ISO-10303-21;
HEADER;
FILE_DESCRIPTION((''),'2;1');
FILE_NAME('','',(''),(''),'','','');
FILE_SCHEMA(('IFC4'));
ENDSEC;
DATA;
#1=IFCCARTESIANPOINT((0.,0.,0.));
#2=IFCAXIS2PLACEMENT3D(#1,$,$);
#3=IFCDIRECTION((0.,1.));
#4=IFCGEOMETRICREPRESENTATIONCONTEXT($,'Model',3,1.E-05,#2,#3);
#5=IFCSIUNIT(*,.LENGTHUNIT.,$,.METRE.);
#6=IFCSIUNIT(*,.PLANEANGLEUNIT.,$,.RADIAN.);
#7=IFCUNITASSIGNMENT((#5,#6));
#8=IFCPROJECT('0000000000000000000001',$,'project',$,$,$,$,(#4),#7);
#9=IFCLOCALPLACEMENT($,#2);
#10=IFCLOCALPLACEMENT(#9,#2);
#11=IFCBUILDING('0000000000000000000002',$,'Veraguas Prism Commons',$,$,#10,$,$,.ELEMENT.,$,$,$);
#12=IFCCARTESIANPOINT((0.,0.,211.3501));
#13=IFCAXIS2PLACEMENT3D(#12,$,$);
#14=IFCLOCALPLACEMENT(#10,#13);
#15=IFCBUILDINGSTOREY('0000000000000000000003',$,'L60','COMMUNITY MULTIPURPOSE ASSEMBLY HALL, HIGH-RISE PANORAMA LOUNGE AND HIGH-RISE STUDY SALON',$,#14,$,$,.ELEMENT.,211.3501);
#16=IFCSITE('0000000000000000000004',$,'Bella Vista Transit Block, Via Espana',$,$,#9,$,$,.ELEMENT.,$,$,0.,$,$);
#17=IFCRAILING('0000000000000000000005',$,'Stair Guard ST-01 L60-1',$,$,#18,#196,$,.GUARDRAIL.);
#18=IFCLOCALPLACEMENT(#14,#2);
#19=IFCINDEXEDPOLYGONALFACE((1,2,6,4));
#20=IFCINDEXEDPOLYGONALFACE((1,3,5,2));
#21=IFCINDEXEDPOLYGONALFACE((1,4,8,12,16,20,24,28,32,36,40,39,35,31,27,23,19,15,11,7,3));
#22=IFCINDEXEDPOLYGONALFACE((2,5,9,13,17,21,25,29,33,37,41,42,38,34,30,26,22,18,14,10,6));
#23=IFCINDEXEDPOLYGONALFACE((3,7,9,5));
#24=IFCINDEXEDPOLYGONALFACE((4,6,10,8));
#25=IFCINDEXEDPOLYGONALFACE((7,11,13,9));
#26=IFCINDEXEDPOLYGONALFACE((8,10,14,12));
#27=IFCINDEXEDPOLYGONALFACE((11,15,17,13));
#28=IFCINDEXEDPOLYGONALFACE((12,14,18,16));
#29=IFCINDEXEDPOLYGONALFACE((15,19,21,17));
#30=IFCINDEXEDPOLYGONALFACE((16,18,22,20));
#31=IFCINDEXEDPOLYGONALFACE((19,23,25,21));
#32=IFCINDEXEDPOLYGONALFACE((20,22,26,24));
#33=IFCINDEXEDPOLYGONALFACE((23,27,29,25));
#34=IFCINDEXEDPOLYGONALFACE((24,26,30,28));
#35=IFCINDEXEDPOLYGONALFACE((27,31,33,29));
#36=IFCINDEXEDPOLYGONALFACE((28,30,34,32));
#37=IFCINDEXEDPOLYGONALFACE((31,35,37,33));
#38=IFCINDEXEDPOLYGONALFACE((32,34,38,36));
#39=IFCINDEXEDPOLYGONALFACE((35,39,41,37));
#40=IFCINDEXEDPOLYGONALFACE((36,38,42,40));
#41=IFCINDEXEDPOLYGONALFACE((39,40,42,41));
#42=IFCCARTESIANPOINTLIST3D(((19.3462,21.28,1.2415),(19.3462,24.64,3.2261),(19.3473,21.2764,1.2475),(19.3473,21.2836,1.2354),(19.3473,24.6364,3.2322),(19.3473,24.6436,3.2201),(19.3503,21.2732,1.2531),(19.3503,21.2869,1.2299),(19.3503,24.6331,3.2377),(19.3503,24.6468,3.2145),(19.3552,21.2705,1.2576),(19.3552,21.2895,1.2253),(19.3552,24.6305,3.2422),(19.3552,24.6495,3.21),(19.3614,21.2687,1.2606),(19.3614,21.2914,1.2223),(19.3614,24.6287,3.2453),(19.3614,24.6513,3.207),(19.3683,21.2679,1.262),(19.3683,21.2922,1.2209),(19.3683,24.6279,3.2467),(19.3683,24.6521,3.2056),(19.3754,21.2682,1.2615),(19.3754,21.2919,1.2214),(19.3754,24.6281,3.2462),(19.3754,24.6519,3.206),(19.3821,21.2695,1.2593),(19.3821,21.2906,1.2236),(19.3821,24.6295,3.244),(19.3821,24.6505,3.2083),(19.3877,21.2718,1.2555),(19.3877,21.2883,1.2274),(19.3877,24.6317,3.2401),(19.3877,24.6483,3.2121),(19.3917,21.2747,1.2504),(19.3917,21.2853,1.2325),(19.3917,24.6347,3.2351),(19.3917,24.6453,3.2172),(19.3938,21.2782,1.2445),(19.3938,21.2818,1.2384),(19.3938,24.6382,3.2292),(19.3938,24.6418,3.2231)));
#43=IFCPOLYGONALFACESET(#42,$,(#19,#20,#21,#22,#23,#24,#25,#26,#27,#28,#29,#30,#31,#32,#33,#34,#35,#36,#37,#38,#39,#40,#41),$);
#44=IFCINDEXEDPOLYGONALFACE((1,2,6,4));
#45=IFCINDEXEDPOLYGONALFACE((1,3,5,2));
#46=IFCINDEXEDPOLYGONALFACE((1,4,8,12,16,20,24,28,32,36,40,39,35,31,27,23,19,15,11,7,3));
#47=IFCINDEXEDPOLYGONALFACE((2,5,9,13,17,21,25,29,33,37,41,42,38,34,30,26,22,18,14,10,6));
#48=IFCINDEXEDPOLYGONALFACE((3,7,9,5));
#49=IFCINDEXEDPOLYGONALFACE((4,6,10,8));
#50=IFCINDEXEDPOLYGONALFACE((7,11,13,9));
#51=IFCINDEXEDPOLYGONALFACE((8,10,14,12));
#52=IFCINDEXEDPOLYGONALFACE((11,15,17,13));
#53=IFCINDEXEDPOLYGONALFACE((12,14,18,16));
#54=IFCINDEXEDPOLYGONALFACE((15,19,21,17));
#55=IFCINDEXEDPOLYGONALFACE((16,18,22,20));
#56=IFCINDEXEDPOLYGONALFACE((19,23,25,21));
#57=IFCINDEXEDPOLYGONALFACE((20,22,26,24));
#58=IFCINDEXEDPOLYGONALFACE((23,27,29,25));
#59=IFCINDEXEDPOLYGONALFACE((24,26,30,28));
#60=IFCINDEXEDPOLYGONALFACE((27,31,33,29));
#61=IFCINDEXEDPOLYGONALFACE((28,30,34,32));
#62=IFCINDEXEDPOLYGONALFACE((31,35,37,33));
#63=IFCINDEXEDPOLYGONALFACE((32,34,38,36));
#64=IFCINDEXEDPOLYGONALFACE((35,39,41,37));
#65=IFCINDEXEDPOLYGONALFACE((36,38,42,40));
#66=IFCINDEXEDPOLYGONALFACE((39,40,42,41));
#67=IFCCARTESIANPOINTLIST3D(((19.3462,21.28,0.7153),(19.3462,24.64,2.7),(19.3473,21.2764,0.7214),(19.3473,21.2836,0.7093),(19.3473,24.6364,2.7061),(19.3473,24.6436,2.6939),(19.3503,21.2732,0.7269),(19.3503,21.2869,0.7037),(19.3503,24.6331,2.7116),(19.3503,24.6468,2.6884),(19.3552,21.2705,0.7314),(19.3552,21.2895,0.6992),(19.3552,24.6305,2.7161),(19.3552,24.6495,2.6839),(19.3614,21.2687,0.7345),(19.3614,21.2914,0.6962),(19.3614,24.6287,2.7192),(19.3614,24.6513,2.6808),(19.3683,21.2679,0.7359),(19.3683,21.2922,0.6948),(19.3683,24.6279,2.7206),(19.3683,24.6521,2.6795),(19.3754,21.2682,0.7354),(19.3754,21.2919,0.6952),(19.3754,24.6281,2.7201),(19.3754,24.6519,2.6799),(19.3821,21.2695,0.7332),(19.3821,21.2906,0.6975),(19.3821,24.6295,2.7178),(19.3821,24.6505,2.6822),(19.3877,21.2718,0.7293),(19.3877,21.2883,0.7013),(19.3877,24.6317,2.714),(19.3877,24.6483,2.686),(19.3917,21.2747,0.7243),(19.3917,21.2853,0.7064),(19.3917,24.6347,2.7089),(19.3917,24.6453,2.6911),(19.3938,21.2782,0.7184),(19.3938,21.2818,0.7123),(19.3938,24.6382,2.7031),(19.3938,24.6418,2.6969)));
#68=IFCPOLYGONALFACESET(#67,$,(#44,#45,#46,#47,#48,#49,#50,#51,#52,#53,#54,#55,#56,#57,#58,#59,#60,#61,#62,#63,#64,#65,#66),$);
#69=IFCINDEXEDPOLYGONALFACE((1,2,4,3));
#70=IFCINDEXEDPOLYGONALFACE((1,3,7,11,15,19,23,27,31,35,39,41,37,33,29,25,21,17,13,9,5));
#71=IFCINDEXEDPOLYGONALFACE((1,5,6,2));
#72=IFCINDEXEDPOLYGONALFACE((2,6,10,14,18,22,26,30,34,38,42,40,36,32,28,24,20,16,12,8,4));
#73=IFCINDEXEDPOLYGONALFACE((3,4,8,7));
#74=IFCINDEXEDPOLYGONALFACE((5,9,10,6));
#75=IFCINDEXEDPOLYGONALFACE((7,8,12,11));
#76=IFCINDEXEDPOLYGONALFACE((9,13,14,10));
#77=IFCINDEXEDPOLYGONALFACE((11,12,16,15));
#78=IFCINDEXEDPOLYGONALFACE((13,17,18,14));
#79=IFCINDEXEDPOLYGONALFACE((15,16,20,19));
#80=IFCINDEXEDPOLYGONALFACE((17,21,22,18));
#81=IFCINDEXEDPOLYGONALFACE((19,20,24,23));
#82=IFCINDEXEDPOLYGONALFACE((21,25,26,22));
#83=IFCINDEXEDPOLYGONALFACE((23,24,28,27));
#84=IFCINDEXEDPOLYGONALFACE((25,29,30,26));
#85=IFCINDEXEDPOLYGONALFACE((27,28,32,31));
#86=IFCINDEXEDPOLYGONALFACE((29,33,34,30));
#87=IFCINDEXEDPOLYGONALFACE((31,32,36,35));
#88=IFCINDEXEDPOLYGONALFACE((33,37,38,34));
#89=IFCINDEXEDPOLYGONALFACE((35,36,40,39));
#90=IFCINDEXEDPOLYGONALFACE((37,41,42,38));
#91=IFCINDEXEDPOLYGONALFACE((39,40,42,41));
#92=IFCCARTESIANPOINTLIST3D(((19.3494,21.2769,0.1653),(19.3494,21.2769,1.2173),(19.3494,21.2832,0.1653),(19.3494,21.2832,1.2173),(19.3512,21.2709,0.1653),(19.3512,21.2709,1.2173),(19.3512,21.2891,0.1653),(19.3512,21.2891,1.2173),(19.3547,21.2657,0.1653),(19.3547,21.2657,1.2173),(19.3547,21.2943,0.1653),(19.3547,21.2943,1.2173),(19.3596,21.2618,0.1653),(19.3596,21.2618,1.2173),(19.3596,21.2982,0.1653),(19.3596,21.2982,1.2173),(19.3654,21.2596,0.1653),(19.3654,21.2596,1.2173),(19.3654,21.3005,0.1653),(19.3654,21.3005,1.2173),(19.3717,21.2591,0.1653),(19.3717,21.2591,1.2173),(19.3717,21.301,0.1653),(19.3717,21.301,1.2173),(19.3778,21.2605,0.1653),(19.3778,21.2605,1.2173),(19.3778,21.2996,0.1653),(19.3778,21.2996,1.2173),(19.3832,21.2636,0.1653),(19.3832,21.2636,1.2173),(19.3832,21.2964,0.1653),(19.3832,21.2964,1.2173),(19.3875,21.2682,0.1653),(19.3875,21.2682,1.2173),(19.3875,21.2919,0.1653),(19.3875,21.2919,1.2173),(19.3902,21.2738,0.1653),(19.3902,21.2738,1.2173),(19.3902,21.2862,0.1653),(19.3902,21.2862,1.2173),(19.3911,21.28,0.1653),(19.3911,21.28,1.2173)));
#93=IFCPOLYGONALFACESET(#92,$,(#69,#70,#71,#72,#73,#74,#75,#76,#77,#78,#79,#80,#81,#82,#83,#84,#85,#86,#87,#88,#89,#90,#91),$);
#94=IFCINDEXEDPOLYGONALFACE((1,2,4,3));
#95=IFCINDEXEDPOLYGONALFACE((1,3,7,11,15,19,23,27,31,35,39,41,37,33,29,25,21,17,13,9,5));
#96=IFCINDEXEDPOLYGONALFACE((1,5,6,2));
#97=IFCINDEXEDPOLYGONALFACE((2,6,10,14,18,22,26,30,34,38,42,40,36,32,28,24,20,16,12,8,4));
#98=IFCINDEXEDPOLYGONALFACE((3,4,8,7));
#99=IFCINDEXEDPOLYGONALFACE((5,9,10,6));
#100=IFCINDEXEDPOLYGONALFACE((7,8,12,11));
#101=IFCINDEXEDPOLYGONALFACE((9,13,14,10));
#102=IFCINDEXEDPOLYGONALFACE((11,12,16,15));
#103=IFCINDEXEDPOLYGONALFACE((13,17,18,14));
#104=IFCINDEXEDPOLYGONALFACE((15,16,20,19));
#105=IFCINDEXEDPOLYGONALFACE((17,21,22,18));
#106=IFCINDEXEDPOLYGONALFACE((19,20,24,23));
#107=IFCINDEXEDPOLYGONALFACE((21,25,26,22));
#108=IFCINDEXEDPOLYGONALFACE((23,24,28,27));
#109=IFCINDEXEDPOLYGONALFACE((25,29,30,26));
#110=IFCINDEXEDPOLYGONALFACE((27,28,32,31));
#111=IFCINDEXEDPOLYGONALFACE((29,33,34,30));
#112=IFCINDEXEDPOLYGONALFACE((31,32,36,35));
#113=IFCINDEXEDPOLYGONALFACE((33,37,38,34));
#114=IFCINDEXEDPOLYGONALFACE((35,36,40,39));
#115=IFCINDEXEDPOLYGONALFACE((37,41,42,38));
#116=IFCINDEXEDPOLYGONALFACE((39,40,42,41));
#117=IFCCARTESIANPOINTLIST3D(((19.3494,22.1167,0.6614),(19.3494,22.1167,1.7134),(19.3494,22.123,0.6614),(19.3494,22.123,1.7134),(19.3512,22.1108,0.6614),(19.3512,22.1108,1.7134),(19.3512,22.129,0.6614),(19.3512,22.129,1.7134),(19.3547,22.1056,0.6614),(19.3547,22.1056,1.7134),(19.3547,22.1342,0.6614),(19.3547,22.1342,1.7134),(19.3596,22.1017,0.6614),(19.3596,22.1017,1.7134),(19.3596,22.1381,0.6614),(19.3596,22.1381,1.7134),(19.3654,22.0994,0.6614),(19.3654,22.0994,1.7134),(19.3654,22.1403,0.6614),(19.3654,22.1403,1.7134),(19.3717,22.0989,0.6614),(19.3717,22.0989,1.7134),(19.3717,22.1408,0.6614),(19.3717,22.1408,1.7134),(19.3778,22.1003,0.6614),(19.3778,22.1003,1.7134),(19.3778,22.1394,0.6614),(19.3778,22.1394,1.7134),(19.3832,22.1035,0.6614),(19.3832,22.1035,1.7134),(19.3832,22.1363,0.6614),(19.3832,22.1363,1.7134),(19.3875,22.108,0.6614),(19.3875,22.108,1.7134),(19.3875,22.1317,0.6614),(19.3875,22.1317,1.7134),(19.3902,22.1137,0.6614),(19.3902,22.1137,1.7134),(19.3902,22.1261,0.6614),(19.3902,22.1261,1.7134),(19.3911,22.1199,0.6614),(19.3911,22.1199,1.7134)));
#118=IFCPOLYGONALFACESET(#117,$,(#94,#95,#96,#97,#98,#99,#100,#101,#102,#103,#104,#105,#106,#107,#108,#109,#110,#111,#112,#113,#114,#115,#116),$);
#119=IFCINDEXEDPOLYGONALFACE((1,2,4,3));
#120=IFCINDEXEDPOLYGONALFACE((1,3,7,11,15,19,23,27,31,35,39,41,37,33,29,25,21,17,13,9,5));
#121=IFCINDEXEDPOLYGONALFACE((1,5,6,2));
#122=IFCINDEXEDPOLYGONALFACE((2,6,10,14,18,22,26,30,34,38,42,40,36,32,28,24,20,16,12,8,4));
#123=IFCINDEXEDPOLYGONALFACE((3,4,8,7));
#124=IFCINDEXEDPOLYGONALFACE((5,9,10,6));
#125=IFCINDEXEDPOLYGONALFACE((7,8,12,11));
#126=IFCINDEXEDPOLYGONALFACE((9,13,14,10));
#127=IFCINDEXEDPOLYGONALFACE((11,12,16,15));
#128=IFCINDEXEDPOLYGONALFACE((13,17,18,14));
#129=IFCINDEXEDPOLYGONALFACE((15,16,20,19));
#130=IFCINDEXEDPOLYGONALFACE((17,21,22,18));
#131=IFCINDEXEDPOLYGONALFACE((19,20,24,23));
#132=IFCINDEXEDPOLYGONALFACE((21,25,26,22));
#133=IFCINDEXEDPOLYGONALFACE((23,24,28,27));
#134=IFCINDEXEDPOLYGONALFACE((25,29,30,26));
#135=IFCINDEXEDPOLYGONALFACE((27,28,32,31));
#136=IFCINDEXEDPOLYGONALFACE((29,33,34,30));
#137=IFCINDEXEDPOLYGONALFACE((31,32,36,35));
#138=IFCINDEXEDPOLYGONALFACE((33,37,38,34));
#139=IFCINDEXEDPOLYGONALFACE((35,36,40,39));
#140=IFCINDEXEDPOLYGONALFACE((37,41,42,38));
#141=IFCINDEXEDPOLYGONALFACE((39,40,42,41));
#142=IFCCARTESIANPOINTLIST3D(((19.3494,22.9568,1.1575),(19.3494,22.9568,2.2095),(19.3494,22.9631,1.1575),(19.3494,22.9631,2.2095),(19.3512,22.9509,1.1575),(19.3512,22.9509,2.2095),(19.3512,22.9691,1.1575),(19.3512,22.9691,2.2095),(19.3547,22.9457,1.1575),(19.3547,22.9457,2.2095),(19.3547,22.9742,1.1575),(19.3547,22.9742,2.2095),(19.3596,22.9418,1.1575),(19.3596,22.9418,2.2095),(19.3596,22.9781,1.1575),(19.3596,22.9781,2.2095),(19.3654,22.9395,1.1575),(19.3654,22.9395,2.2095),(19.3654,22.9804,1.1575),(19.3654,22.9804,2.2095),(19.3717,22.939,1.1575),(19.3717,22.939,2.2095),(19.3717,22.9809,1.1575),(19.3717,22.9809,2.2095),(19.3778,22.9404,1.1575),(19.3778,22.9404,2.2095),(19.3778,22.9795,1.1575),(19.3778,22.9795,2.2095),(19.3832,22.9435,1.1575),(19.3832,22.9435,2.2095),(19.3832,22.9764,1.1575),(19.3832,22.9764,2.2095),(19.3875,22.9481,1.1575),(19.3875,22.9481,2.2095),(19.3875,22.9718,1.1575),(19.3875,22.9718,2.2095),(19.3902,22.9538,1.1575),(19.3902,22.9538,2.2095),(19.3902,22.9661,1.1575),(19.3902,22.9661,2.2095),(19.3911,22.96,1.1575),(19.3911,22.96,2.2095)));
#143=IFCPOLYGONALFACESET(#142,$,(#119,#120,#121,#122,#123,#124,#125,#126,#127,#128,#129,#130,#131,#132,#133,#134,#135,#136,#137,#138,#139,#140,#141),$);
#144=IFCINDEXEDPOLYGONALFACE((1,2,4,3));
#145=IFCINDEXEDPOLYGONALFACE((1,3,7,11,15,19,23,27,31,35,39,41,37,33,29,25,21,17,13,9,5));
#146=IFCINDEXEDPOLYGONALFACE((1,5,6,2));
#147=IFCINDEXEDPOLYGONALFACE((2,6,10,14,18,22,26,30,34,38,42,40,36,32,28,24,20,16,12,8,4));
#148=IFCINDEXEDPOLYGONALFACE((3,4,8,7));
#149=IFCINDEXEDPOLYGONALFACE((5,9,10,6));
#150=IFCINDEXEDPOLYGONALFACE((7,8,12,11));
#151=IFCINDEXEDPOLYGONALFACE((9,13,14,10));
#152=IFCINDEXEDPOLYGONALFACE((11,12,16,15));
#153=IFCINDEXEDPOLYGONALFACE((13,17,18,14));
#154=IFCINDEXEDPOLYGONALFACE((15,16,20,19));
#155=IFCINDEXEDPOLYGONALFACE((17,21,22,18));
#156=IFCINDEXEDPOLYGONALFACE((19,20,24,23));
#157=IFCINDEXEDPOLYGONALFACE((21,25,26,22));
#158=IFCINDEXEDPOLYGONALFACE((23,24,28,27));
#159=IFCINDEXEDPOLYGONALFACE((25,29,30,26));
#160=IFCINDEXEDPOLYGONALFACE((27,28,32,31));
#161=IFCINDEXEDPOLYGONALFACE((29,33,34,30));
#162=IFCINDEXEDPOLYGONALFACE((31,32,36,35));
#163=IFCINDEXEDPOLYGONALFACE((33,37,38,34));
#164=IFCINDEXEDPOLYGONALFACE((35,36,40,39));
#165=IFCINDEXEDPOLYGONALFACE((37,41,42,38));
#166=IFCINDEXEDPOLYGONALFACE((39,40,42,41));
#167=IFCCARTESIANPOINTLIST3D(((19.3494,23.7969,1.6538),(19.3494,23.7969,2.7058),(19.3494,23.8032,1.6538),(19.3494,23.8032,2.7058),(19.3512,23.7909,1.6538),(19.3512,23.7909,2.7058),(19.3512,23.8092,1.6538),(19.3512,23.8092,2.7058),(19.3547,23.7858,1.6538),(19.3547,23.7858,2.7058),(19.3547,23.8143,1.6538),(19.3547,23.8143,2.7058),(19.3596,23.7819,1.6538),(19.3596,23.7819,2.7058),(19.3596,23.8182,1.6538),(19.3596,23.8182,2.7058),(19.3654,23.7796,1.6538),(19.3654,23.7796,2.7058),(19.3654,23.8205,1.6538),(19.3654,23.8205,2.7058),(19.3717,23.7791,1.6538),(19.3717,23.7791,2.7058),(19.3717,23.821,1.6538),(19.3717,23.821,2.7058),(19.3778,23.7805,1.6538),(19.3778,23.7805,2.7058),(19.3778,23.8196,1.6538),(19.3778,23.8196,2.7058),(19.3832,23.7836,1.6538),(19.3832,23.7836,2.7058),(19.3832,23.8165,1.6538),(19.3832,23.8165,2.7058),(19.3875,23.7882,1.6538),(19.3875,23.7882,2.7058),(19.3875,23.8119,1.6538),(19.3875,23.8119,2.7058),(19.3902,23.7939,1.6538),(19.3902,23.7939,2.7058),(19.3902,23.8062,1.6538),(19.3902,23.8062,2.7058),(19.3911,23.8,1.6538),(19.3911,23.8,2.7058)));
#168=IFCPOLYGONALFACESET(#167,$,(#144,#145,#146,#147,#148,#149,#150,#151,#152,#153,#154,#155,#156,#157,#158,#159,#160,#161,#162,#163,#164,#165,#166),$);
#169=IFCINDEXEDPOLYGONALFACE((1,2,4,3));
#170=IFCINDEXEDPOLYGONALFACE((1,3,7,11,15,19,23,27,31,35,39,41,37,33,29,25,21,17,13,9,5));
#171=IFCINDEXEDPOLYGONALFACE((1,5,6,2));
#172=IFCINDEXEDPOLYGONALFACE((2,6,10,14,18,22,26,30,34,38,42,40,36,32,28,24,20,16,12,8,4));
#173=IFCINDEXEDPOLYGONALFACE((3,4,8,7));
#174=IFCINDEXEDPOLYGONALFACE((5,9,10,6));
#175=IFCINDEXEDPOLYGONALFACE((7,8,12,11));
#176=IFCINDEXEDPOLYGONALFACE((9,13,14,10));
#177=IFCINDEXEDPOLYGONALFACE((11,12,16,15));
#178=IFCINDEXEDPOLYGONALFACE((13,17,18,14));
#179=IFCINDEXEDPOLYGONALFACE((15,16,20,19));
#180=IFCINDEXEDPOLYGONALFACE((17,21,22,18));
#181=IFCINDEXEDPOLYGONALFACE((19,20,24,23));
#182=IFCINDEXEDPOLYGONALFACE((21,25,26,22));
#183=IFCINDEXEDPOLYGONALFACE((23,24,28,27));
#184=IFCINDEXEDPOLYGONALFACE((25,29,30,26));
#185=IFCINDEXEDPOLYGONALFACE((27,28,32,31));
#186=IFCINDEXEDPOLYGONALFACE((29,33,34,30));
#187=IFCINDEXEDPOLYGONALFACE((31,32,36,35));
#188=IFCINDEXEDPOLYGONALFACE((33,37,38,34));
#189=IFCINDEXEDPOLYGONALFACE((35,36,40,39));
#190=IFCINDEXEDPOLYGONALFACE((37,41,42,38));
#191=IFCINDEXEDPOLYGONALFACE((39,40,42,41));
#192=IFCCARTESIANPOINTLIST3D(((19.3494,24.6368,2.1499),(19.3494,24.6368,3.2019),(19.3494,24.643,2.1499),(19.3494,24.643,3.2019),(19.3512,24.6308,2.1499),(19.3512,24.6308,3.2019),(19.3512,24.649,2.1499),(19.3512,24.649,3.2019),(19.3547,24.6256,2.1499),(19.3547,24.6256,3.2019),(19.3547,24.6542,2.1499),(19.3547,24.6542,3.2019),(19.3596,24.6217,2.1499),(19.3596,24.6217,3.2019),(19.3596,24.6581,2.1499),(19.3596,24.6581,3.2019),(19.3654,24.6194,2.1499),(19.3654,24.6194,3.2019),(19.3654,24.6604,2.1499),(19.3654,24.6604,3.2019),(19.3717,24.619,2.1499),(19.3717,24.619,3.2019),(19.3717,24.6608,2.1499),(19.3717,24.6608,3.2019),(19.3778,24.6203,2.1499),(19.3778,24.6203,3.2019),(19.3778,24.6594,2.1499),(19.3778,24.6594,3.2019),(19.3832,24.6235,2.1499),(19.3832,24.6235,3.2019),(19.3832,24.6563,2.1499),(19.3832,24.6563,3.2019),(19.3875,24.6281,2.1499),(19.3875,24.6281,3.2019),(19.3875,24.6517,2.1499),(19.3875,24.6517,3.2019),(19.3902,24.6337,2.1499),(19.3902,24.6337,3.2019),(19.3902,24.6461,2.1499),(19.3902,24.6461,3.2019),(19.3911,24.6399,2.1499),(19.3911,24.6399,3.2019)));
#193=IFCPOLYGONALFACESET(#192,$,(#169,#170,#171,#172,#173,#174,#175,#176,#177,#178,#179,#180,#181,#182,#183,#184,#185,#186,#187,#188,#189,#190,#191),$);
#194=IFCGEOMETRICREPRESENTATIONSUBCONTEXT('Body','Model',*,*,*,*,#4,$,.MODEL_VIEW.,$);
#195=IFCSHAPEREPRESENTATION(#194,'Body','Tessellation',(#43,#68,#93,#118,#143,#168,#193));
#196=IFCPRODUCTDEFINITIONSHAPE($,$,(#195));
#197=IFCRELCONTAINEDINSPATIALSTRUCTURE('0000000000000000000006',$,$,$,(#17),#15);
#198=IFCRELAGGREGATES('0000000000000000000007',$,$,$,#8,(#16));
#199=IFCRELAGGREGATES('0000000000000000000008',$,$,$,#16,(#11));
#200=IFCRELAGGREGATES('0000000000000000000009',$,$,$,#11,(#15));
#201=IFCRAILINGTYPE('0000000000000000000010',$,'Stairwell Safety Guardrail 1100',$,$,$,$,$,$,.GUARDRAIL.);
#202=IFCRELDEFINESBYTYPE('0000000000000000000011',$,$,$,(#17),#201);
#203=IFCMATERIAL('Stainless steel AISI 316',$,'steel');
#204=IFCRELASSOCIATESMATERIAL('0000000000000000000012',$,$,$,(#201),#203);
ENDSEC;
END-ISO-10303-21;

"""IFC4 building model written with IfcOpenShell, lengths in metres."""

from ifc_helpers import new_model, si_unit, direction, frame, origin, origin_2d, place, context, subcontext, project, spatial, circle, extrude, material, type_object, element, save


model = new_model("IFC4")

# Units and contexts
model_context = context("Model", 3, precision=1e-05, world=origin(), true_north=direction((0.0, 1.0)))
body_context = subcontext(model_context, "Body", "Model", "MODEL_VIEW")
ifc_project = project(units=[si_unit("LENGTHUNIT", "METRE"), si_unit("PLANEANGLEUNIT", "RADIAN")], contexts=[model_context])

# Site, building, storey
site_placement = place(None, origin())
site = spatial("IfcSite", under=ifc_project, at=site_placement, Name="Bella Vista Transit Block, Via Espana", CompositionType="ELEMENT", RefElevation=0.0)
building_placement = place(site_placement, origin())
building = spatial("IfcBuilding", under=site, at=building_placement, Name="Veraguas Prism Commons", CompositionType="ELEMENT")
storey_placement = place(building_placement, frame((0.0, 0.0, 211.3501)))
storey = spatial("IfcBuildingStorey", under=building, at=storey_placement, Name="L60", Description="COMMUNITY MULTIPURPOSE ASSEMBLY HALL, HIGH-RISE PANORAMA LOUNGE AND HIGH-RISE STUDY SALON", CompositionType="ELEMENT", Elevation=211.3501)

# Railing
ifc_material_1 = material(Name="Stainless steel AISI 316", Category="steel")
railing_type_1 = type_object("IfcRailingType", Name="Stairwell Safety Guardrail 1100", PredefinedType="GUARDRAIL", material=ifc_material_1)
railing_1_placement = place(storey_placement, frame((19.3701, 21.28, 0.1653)))
element("IfcRailing", 1, at=railing_1_placement, inside=storey, type_object=railing_type_1, Name="Stair Guard ST-01 L60-1", PredefinedType="GUARDRAIL", context=body_context, shape_type="SweptSolid", body=[
    extrude(circle(Radius=0.0239, at=origin_2d()), frame((0.0, 0.0, 1.0762), z_axis=(0.0, 0.861011, 0.508586), x_axis=(-1.0, 0.0, 0.0)), (0.0, 0.0, 1.0), 3.9023),
    extrude(circle(Radius=0.0239, at=origin_2d()), frame((0.0, 0.0, 0.55), z_axis=(0.0, 0.861011, 0.508586), x_axis=(-1.0, 0.0, 0.0)), (0.0, 0.0, 1.0), 3.9023),
    extrude(circle(Radius=0.021, at=origin_2d()), origin(), (0.0, 0.0, 1.0), 1.052),
    extrude(circle(Radius=0.021, at=origin_2d()), frame((0.0, 0.8398, 0.4961)), (0.0, 0.0, 1.0), 1.052),
    extrude(circle(Radius=0.021, at=origin_2d()), frame((0.0, 1.6799, 0.9922)), (0.0, 0.0, 1.0), 1.052),
    extrude(circle(Radius=0.021, at=origin_2d()), frame((0.0, 2.52, 1.4885)), (0.0, 0.0, 1.0), 1.052),
    extrude(circle(Radius=0.021, at=origin_2d()), frame((0.0, 3.3599, 1.9846)), (0.0, 0.0, 1.0), 1.052),
])

save(model, "model.ifc")
